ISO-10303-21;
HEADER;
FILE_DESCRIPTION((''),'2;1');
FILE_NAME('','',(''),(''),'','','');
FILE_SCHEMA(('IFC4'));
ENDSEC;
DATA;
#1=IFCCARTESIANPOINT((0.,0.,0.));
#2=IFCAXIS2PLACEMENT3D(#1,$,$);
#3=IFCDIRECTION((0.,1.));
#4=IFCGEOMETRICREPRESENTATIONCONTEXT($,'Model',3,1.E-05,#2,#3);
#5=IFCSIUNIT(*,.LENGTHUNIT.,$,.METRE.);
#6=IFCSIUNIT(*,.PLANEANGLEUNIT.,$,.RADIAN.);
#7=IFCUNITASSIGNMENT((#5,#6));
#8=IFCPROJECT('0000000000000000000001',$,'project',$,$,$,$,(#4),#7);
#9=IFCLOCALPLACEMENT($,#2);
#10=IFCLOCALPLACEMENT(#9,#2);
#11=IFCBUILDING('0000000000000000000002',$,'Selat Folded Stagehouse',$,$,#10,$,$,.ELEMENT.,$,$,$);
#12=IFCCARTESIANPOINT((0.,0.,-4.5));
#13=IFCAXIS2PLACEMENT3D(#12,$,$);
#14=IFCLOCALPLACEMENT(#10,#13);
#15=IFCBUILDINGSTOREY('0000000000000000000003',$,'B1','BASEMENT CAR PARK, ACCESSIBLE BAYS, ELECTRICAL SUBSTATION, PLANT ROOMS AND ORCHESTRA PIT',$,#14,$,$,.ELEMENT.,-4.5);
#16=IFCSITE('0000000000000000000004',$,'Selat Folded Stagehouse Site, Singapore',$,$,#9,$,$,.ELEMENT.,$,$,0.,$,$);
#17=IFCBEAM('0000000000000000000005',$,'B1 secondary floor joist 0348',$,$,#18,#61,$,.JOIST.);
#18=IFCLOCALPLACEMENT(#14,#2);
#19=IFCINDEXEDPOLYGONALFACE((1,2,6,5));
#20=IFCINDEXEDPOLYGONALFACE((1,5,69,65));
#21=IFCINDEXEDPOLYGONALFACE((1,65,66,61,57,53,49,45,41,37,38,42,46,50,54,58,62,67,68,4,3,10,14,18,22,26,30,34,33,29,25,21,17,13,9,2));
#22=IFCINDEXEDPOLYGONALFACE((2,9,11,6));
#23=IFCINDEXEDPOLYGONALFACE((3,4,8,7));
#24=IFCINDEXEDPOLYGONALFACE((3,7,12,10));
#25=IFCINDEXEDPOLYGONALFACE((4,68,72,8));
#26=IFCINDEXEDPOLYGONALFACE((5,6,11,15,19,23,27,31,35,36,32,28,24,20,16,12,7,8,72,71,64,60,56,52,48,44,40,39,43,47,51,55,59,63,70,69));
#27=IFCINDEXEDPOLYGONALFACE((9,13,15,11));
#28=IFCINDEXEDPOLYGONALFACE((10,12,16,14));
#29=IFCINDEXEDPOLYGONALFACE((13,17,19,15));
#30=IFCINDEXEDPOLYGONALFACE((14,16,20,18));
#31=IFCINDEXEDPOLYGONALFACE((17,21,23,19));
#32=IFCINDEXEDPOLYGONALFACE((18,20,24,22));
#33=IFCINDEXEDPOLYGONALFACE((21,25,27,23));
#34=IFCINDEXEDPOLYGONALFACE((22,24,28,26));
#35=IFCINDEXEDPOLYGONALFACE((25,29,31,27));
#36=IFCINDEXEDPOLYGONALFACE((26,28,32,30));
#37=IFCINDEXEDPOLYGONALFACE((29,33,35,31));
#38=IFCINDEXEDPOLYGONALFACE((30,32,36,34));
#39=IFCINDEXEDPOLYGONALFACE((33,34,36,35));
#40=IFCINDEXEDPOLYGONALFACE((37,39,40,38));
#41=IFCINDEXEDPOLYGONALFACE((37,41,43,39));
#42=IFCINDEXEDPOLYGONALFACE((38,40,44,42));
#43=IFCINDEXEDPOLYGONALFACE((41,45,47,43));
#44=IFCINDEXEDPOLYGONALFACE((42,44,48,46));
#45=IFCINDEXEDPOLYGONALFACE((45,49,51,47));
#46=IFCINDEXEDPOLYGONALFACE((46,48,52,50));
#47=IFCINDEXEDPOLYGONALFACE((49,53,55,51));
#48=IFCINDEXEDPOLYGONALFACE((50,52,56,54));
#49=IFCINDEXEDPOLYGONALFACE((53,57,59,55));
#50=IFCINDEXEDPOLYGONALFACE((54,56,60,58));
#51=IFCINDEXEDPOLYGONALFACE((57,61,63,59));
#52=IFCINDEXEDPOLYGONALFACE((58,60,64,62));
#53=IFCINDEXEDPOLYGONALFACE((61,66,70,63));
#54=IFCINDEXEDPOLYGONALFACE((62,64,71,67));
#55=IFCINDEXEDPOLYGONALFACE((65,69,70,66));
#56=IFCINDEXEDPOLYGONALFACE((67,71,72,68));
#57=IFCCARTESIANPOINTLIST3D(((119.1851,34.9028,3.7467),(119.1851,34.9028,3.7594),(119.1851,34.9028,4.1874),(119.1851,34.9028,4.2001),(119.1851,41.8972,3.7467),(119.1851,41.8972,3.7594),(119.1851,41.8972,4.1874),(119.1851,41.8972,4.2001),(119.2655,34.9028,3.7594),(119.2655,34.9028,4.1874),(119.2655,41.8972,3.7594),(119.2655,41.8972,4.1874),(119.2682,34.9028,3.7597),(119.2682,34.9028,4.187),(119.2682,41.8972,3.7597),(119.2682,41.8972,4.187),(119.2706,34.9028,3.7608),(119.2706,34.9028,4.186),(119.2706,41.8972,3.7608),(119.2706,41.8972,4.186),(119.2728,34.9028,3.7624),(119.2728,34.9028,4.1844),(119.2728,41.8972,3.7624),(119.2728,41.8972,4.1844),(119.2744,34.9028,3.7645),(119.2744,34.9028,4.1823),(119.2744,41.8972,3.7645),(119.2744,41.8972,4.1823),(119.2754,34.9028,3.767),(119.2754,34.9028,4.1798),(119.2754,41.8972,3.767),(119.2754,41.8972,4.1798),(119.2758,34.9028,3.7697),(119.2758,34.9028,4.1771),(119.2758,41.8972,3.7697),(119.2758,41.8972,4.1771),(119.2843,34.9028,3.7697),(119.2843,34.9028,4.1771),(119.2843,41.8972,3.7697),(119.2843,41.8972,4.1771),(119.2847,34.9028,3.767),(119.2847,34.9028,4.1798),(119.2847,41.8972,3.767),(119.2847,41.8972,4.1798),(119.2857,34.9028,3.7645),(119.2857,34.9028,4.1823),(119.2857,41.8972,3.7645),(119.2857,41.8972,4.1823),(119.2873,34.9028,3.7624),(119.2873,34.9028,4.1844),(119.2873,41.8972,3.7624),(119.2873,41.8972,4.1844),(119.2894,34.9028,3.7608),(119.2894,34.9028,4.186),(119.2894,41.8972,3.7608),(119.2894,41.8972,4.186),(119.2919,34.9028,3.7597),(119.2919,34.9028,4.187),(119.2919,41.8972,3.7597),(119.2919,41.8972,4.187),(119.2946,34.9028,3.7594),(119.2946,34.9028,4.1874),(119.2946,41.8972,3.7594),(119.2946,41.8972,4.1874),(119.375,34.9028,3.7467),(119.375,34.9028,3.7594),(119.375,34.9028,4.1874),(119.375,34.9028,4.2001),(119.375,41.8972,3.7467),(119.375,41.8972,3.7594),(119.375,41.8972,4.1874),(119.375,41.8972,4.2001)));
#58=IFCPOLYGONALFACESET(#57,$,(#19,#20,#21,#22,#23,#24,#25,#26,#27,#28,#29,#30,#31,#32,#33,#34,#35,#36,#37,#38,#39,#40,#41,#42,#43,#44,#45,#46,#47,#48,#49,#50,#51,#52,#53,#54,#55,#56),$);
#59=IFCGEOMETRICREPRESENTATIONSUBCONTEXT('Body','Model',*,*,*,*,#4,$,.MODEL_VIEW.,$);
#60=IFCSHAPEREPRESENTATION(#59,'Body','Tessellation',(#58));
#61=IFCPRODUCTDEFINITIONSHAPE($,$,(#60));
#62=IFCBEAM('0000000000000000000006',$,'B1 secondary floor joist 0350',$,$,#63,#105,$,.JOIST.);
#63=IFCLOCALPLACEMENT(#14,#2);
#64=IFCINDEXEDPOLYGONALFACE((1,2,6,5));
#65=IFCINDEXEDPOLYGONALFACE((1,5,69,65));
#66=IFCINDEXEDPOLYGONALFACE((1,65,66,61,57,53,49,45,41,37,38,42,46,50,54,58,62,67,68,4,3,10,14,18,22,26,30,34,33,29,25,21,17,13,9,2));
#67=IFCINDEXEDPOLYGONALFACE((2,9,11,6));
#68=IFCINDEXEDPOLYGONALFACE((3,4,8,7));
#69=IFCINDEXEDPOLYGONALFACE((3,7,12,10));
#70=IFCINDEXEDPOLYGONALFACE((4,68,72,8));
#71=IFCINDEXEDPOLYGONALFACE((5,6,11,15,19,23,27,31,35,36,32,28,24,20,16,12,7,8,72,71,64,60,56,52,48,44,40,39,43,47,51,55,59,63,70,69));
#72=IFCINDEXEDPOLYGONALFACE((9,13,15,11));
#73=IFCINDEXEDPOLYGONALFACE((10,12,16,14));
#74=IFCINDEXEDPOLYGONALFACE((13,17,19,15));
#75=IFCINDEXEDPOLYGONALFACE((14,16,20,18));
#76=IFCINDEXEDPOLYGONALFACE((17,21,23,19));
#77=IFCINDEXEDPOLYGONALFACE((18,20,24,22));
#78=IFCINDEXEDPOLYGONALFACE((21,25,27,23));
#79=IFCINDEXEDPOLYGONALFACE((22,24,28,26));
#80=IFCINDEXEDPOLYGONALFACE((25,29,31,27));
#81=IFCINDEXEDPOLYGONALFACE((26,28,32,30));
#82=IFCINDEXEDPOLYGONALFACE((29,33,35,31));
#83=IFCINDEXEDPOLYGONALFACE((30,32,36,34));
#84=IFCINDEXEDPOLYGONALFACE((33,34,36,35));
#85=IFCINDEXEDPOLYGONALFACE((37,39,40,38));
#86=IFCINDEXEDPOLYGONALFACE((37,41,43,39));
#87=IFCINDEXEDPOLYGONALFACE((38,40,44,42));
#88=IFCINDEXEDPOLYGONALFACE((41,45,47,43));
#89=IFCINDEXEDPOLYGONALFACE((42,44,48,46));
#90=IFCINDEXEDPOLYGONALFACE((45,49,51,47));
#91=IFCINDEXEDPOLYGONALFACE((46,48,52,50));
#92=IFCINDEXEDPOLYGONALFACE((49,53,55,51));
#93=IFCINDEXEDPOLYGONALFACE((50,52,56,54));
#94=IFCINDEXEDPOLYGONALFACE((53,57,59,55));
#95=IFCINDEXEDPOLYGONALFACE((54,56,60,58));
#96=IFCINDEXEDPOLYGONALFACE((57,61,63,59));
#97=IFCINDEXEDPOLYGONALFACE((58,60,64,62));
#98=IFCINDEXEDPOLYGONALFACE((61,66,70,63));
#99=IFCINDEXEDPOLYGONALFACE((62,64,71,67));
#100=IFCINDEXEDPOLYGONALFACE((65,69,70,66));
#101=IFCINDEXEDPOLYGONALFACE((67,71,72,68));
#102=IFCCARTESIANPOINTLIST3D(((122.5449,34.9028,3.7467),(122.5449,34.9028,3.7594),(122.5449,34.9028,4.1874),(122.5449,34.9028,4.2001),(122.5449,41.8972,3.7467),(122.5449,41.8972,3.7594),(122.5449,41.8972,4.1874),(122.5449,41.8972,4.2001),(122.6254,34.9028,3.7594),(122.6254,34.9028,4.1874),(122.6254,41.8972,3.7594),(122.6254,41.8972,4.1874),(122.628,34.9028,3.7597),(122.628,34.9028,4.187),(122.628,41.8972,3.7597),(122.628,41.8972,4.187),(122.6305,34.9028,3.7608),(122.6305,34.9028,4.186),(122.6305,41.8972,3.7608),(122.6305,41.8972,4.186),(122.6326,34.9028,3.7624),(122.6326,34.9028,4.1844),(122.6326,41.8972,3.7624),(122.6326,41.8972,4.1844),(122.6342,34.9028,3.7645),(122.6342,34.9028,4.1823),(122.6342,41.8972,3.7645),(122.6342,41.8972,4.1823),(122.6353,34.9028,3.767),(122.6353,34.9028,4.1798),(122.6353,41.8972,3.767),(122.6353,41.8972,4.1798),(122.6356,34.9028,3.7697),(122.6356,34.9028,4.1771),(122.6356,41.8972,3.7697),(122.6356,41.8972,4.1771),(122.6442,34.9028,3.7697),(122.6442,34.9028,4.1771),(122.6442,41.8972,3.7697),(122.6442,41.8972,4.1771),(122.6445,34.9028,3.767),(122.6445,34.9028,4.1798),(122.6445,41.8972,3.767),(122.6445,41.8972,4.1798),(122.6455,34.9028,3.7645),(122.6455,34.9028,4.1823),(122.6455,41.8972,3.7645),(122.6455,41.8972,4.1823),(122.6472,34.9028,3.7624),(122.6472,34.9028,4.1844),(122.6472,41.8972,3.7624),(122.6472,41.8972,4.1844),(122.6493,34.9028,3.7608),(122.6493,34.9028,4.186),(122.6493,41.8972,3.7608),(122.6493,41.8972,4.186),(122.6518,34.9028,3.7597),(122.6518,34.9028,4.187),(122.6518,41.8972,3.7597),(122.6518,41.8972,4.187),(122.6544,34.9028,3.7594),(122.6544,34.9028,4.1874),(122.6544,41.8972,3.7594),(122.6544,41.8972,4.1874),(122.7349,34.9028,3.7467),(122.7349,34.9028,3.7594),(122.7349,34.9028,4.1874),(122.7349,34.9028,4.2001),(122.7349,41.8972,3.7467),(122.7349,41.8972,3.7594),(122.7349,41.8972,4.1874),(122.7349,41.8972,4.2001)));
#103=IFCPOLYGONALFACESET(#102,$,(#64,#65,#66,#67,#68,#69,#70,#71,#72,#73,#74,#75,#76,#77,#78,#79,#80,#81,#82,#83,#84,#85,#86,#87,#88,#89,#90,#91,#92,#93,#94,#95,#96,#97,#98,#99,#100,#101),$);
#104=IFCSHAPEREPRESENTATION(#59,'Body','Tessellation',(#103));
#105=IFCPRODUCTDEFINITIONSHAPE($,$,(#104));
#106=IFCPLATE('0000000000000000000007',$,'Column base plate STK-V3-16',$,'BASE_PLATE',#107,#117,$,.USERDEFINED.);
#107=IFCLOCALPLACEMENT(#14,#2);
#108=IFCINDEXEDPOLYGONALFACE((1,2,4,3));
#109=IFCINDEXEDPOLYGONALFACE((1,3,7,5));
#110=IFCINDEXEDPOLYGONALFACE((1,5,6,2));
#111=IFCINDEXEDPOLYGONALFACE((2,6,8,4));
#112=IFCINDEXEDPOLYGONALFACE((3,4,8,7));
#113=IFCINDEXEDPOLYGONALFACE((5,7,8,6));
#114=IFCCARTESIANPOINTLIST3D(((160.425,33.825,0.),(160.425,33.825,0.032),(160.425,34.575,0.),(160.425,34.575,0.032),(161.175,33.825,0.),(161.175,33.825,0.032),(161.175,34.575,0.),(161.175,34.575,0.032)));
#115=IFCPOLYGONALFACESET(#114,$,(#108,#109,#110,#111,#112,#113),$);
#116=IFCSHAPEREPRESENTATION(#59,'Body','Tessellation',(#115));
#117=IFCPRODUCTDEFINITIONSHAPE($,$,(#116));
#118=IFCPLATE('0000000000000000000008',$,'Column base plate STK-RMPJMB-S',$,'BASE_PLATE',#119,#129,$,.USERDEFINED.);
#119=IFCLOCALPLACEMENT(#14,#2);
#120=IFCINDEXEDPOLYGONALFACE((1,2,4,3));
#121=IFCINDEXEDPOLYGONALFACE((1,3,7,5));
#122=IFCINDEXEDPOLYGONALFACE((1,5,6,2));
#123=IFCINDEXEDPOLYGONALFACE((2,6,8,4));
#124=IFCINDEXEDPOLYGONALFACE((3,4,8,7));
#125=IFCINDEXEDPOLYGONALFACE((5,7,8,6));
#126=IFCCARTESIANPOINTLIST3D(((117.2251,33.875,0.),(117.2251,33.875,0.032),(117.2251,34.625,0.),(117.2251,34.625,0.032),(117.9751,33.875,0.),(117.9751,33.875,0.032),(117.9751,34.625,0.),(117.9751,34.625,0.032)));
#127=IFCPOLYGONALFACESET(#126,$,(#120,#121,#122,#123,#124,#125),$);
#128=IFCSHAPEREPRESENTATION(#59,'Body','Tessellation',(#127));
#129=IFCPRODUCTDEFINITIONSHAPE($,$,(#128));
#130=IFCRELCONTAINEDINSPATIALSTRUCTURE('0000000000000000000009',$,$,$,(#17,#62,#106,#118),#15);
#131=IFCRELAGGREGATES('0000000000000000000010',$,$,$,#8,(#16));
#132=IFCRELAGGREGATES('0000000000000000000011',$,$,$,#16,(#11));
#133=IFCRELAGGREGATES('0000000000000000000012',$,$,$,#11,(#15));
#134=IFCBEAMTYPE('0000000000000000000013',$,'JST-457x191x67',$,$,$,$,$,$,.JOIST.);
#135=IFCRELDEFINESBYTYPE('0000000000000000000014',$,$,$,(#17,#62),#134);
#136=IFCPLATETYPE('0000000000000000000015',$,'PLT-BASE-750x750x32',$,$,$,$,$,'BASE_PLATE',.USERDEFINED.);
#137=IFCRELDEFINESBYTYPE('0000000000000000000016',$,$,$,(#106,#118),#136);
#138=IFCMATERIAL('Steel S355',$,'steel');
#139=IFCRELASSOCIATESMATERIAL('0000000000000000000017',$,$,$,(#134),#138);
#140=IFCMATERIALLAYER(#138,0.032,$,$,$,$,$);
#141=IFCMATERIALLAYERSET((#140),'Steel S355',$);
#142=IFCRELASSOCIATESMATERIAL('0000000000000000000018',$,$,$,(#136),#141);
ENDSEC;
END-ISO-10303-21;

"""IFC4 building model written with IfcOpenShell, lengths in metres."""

from ifc_helpers import new_model, si_unit, direction, frame, origin, origin_2d, place, context, subcontext, project, spatial, rectangle, i_section, extrude, material, layer, layer_set, material_profile, profile_set, type_object, element, save


model = new_model("IFC4")

# Units and contexts
model_context = context("Model", 3, precision=1e-05, world=origin(), true_north=direction((0.0, 1.0)))
body_context = subcontext(model_context, "Body", "Model", "MODEL_VIEW")
ifc_project = project(units=[si_unit("LENGTHUNIT", "METRE"), si_unit("PLANEANGLEUNIT", "RADIAN")], contexts=[model_context])

# Site, building, storey
site_placement = place(None, origin())
site = spatial("IfcSite", under=ifc_project, at=site_placement, Name="Selat Folded Stagehouse Site, Singapore", CompositionType="ELEMENT", RefElevation=0.0)
building_placement = place(site_placement, origin())
building = spatial("IfcBuilding", under=site, at=building_placement, Name="Selat Folded Stagehouse", CompositionType="ELEMENT")
storey_placement = place(building_placement, frame((0.0, 0.0, -4.5)))
storey = spatial("IfcBuildingStorey", under=building, at=storey_placement, Name="B1", Description="BASEMENT CAR PARK, ACCESSIBLE BAYS, ELECTRICAL SUBSTATION, PLANT ROOMS AND ORCHESTRA PIT", CompositionType="ELEMENT", Elevation=-4.5)

# Shared definitions
ifc_material_1 = material(Name="Steel S355", Category="steel")

# Beams
ifc_material_profile_1 = material_profile(ifc_material_1, i_section(OverallWidth=0.1899, OverallDepth=0.4534, WebThickness=0.0085, FlangeThickness=0.0127, FilletRadius=0.0103, at=origin_2d()), Name="UKB 457x191x67")
ifc_profile_set_1 = profile_set([ifc_material_profile_1], Name="Steel S355")
beam_type_1 = type_object("IfcBeamType", Name="JST-457x191x67", PredefinedType="JOIST", material=ifc_profile_set_1)
for number, where, z_axis, x_axis, name in (
    (1, (119.28, 34.9028, 3.9734), (0.0, 1.0, 0.0), (-1.0, 0.0, 0.0), "B1 secondary floor joist 0348"),
    (2, (122.6399, 34.9028, 3.9734), (0.0, 1.0, 0.0), (-1.0, 0.0, 0.0), "B1 secondary floor joist 0350"),
):
    element("IfcBeam", number, at=place(storey_placement, frame(where, z_axis=z_axis, x_axis=x_axis)), inside=storey, type_object=beam_type_1, Name=name, PredefinedType="JOIST", context=body_context, shape_type="SweptSolid", body=[
        extrude(i_section(OverallWidth=0.1899, OverallDepth=0.4534, WebThickness=0.0085, FlangeThickness=0.0127, FilletRadius=0.0103, at=origin_2d()), origin(), (0.0, 0.0, 1.0), 6.9944),
    ])

# Plates
ifc_layer = layer(ifc_material_1, 0.032)
ifc_layer_set = layer_set([ifc_layer], Name="Steel S355")
plate_type = type_object("IfcPlateType", Name="PLT-BASE-750x750x32", ElementType="BASE_PLATE", PredefinedType="USERDEFINED", material=ifc_layer_set)
for number, where, z_axis, x_axis, name in (
    (3, (160.8, 34.2, 0.0), (0.0, 0.0, 1.0), (1.0, 0.0, 0.0), "Column base plate STK-V3-16"),
    (4, (117.6001, 34.25, 0.0), (0.0, 0.0, 1.0), (1.0, 0.0, 0.0), "Column base plate STK-RMPJMB-S"),
):
    element("IfcPlate", number, at=place(storey_placement, frame(where, z_axis=z_axis, x_axis=x_axis)), inside=storey, type_object=plate_type, Name=name, ObjectType="BASE_PLATE", PredefinedType="USERDEFINED", context=body_context, shape_type="SweptSolid", body=[
        extrude(rectangle(XDim=0.75, YDim=0.75, at=origin_2d()), origin(), (0.0, 0.0, 1.0), 0.032),
    ])

save(model, "model.ifc")
